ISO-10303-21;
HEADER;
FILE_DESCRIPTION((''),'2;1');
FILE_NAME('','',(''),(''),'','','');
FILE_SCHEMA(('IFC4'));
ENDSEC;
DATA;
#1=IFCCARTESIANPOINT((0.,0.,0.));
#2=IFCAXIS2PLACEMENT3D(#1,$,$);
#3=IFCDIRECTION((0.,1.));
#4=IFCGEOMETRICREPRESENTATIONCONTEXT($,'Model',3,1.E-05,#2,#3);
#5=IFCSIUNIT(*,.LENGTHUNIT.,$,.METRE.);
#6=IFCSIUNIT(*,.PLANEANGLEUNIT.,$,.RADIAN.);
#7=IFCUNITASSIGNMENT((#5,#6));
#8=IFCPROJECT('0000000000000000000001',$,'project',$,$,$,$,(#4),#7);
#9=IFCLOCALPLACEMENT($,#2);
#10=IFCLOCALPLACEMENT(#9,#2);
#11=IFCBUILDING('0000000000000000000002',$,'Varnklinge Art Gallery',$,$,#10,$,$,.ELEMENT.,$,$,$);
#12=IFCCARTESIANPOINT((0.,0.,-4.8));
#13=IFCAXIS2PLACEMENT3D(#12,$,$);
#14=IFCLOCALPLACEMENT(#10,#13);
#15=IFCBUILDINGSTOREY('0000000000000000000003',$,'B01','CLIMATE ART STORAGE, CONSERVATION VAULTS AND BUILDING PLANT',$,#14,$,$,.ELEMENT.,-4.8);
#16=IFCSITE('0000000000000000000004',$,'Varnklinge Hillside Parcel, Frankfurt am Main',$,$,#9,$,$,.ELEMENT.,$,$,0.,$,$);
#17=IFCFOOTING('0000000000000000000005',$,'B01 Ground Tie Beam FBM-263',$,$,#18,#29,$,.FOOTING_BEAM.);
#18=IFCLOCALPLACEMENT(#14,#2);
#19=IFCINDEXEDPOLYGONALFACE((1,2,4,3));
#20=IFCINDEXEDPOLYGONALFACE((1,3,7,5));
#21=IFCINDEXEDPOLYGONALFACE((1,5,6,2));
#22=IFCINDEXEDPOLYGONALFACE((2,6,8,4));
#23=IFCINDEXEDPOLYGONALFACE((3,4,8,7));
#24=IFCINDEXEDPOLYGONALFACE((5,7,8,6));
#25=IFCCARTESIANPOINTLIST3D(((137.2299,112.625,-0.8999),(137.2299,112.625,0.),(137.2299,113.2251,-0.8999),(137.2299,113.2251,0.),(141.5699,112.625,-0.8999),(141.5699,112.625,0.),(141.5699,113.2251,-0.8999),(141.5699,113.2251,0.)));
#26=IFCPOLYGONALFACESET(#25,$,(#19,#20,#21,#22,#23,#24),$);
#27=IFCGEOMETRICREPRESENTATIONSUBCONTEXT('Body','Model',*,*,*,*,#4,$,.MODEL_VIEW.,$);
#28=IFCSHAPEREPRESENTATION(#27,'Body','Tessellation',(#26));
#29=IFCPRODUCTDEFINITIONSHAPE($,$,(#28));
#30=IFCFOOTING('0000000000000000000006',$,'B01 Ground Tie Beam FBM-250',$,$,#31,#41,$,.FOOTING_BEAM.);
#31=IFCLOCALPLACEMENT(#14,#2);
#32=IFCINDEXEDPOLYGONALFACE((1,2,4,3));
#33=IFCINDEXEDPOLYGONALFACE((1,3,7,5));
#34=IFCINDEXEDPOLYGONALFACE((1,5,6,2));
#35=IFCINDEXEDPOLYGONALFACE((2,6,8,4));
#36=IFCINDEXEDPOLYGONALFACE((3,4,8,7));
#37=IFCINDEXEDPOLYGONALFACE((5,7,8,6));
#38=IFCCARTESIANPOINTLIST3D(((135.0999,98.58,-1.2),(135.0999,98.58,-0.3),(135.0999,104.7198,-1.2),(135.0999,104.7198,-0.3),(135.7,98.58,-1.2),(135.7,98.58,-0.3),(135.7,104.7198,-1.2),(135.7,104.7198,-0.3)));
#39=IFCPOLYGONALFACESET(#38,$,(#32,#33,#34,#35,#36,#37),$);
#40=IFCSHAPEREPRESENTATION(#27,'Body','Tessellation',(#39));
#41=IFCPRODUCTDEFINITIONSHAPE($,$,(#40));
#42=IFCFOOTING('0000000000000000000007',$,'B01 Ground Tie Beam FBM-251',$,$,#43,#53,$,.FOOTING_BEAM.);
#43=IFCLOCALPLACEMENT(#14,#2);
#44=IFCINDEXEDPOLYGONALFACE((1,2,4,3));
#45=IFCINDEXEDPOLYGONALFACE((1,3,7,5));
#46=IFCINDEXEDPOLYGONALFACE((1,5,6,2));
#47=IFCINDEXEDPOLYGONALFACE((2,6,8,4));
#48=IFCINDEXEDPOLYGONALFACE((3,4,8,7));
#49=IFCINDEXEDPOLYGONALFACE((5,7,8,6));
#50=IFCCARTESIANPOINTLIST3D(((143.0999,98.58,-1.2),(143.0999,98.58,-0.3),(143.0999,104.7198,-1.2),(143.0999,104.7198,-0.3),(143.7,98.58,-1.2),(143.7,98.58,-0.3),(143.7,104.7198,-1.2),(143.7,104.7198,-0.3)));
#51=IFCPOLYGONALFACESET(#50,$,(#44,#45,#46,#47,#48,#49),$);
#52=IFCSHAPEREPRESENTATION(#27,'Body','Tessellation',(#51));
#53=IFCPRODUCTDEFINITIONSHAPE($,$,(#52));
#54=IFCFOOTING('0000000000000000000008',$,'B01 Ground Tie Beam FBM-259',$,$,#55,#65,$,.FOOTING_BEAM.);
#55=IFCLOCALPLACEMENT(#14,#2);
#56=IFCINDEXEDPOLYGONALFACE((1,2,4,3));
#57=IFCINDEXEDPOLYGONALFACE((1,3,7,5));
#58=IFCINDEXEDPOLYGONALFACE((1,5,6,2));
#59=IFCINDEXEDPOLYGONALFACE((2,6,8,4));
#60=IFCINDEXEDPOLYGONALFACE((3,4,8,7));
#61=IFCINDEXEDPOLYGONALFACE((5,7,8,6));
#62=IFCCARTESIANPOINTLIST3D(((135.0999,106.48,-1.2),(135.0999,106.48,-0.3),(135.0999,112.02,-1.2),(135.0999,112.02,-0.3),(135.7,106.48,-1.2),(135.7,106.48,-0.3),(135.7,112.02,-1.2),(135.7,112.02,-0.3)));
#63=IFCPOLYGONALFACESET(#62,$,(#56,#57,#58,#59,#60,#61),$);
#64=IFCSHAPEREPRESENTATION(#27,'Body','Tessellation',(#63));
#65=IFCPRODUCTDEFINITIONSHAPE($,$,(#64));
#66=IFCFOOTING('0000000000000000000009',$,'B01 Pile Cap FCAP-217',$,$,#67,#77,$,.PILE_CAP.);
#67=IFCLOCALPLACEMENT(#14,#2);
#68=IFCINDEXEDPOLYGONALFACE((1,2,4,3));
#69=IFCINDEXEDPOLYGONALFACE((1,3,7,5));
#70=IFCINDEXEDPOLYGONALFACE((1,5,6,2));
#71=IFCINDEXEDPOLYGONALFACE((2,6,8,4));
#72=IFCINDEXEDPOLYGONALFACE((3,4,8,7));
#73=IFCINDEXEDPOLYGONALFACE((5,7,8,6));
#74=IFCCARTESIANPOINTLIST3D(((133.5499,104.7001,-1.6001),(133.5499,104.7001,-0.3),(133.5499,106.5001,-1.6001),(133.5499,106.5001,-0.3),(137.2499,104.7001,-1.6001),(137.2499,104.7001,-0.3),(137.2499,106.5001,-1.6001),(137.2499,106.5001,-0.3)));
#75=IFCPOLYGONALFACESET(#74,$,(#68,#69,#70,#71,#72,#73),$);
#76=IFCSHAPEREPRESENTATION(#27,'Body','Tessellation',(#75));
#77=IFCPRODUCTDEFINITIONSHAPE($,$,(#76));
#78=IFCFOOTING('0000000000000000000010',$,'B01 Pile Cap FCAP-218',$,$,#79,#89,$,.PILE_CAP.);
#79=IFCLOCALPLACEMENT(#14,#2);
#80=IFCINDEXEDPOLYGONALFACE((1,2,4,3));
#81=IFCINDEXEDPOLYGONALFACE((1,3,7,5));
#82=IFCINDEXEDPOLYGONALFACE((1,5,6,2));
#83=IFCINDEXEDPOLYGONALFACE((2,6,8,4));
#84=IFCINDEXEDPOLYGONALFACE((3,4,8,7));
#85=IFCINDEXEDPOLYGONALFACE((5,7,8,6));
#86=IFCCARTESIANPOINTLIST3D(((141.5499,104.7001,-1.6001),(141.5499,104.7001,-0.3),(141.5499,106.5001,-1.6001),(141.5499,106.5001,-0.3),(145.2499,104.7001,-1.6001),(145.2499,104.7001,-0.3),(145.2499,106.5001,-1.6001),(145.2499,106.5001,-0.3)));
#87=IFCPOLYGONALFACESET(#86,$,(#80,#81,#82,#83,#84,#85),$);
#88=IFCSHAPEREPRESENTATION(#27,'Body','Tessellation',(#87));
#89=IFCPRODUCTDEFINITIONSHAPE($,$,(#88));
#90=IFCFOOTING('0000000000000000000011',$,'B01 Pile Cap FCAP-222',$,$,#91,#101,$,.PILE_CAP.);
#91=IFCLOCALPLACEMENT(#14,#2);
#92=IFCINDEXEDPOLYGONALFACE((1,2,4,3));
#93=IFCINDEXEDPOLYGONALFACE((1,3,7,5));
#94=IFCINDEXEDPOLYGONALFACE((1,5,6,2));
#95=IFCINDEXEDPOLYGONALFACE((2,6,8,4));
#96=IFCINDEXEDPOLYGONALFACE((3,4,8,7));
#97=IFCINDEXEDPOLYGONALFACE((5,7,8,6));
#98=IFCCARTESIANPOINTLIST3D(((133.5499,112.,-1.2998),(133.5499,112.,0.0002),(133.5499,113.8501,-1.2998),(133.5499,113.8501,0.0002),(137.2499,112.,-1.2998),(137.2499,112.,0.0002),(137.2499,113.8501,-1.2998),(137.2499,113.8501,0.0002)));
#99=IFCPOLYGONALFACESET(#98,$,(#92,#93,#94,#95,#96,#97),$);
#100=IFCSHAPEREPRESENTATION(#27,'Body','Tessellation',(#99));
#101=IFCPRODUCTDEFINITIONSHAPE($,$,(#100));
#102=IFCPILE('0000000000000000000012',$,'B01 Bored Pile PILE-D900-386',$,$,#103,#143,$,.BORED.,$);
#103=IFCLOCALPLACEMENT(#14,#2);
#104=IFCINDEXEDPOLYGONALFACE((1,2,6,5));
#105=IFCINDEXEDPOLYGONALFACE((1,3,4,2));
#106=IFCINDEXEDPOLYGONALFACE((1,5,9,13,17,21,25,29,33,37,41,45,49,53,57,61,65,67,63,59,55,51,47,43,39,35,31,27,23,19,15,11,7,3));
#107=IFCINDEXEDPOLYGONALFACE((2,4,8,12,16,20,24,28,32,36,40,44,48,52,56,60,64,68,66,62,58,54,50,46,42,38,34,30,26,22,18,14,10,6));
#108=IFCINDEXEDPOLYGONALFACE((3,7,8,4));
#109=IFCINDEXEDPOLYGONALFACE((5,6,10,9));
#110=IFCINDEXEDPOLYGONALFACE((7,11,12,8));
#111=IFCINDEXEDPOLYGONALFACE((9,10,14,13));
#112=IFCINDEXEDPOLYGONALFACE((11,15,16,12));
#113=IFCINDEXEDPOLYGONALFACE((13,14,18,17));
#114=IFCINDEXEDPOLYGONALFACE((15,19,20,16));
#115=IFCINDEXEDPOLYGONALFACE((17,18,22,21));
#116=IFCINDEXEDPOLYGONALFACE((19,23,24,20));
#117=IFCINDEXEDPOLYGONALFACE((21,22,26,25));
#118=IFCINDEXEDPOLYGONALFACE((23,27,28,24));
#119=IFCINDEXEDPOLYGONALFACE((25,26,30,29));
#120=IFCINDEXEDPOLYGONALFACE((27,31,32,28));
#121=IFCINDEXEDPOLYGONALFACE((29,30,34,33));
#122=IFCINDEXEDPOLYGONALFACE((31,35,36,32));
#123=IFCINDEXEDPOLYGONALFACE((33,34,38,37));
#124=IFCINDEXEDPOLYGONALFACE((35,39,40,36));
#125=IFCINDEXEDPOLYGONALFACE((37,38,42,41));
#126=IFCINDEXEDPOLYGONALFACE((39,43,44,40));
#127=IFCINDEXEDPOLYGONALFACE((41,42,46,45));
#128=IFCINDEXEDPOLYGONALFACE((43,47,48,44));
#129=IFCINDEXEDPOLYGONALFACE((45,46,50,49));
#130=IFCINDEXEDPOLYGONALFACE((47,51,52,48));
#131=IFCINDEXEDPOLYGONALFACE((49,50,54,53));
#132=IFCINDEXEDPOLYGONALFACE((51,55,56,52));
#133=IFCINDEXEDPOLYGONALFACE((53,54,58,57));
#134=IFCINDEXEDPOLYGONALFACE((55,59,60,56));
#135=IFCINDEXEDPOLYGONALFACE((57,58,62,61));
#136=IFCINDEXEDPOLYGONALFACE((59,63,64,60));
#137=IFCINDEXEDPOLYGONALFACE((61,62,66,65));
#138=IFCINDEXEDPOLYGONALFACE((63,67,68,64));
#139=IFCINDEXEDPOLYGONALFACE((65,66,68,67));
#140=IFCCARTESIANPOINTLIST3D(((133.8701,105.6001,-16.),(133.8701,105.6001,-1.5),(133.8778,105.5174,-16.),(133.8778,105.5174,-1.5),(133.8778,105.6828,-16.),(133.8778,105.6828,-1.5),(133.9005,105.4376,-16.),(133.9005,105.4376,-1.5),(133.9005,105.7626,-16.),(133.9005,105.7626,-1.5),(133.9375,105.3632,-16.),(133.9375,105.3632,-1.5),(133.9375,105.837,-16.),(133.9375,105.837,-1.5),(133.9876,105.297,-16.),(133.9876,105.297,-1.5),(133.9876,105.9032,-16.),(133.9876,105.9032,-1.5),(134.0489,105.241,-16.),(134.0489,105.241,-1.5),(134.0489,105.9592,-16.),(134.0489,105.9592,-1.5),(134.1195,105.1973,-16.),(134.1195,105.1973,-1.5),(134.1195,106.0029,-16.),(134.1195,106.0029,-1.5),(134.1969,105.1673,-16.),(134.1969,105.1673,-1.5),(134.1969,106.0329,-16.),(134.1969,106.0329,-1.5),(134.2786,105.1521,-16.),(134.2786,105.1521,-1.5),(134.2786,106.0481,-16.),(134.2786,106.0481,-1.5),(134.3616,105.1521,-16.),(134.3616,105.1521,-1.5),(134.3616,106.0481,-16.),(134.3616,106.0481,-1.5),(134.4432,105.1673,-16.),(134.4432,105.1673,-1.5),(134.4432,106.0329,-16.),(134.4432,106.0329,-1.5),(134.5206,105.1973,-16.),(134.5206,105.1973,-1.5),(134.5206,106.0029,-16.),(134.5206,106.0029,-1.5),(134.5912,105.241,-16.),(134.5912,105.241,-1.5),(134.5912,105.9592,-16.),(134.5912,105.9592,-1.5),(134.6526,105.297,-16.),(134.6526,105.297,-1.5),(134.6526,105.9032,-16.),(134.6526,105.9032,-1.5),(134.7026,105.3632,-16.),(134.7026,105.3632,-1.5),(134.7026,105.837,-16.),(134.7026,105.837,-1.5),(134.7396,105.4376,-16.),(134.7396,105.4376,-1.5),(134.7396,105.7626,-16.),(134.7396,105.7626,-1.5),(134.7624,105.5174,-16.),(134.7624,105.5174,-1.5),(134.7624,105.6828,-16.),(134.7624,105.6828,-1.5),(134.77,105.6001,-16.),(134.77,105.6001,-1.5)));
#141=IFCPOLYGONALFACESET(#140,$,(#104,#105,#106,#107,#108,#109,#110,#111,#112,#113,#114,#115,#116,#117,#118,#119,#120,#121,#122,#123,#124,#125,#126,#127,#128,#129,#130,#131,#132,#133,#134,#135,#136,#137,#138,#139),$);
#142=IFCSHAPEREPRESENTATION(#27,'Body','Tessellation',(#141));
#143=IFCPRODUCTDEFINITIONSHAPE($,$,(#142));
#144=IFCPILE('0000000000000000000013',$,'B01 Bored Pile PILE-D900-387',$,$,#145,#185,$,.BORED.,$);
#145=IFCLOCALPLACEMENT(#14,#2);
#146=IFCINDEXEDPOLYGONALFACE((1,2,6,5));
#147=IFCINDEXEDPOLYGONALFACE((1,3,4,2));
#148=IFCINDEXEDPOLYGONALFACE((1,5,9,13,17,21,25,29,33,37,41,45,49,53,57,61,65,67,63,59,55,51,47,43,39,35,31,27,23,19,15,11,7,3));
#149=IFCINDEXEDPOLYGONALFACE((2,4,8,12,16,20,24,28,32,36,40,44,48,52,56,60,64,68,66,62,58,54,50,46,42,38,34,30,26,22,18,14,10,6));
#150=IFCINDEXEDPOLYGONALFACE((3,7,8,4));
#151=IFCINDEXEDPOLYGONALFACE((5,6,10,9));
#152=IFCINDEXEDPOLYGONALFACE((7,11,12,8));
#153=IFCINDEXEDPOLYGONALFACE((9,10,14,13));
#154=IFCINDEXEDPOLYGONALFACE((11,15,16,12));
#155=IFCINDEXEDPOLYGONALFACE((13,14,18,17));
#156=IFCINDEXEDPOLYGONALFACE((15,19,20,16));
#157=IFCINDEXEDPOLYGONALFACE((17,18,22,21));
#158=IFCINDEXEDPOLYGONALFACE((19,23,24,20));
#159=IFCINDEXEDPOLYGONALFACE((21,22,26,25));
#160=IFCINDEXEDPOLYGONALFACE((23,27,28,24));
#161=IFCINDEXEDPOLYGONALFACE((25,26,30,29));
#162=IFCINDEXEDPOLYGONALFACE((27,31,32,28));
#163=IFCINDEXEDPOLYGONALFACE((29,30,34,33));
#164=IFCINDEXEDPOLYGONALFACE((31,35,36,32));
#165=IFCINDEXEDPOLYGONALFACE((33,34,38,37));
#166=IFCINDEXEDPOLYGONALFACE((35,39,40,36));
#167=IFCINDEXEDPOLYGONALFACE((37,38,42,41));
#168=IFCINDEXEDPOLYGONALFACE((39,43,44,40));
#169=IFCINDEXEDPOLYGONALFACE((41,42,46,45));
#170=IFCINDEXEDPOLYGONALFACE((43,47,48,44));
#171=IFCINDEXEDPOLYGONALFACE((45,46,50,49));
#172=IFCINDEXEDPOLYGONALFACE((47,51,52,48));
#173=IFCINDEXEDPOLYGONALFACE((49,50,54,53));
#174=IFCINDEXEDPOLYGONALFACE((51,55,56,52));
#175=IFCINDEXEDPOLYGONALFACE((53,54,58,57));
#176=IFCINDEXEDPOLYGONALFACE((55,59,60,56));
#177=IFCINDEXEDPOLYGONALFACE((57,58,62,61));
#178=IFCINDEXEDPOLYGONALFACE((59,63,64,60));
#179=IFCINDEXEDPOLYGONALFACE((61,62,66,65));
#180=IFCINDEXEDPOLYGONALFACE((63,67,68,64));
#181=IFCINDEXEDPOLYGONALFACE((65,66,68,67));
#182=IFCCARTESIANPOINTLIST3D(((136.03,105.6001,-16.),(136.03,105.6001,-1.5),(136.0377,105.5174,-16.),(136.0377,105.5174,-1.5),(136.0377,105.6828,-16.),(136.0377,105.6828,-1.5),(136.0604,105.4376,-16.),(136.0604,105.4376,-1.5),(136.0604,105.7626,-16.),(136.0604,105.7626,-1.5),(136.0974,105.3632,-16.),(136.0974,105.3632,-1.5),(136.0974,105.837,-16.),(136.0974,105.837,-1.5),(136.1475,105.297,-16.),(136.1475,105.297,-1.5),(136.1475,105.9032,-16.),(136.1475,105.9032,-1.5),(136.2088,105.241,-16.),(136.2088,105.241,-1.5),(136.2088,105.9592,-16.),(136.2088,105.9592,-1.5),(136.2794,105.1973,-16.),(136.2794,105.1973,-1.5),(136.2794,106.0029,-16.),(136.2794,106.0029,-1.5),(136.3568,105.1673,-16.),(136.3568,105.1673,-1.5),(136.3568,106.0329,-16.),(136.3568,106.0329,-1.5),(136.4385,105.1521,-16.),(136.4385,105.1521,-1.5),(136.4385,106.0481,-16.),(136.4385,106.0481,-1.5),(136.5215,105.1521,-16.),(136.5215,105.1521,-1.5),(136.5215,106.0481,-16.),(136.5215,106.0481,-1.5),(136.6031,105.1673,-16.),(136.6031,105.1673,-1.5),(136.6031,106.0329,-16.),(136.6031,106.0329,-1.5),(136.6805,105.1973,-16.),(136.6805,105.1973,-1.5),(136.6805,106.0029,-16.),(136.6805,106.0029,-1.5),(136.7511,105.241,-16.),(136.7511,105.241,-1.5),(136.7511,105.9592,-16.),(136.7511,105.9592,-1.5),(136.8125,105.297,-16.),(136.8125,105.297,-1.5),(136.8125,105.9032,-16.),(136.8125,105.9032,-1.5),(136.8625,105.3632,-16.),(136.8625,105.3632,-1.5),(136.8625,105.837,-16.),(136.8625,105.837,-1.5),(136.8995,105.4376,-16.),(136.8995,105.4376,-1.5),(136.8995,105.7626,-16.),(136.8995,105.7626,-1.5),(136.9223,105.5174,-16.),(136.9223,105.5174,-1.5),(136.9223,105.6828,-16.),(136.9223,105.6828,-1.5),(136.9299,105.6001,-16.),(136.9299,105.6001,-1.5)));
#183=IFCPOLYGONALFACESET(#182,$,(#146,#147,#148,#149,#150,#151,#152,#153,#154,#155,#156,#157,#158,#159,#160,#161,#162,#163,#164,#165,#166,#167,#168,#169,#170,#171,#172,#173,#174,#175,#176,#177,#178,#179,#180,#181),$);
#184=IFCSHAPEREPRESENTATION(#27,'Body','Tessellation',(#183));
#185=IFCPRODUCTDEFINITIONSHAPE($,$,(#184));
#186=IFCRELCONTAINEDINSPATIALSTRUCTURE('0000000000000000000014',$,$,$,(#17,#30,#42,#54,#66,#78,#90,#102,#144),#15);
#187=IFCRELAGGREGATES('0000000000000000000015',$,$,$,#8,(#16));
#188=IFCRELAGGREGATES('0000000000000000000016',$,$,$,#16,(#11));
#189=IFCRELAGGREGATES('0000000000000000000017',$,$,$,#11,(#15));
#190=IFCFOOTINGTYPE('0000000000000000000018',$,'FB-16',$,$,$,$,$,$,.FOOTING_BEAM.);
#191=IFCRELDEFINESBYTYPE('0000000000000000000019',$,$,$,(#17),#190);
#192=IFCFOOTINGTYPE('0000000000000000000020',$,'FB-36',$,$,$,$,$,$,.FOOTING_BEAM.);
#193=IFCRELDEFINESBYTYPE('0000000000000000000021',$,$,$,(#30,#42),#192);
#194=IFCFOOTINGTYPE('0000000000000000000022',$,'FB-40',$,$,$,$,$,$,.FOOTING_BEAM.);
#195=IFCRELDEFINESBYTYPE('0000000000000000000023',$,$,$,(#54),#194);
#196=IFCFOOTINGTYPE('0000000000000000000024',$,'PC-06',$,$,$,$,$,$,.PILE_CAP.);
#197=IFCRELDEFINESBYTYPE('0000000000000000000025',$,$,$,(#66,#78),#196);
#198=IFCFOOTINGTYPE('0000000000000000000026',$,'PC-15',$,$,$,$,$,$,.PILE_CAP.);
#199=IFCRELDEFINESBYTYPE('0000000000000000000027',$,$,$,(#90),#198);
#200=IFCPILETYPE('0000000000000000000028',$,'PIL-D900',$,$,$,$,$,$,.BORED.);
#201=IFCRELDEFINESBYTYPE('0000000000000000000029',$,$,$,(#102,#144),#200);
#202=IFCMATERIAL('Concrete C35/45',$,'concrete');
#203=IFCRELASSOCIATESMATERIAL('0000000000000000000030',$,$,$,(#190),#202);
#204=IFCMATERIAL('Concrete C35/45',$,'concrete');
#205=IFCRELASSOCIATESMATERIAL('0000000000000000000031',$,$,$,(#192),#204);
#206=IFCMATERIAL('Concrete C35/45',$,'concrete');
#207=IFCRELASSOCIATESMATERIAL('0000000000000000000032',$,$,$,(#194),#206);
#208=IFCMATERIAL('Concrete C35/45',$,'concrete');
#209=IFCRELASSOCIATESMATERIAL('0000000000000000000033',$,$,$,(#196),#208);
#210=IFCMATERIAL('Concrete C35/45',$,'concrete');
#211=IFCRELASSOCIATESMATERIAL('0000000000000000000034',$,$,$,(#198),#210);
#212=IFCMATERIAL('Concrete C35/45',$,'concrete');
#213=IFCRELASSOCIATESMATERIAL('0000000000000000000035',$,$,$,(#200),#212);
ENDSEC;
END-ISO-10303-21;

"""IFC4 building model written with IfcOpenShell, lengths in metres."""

from ifc_helpers import new_model, si_unit, direction, frame, origin, origin_2d, place, context, subcontext, project, spatial, rectangle, circle, extrude, material, material_profile, profile_set, type_object, element, save


model = new_model("IFC4")

# Units and contexts
model_context = context("Model", 3, precision=1e-05, world=origin(), true_north=direction((0.0, 1.0)))
body_context = subcontext(model_context, "Body", "Model", "MODEL_VIEW")
ifc_project = project(units=[si_unit("LENGTHUNIT", "METRE"), si_unit("PLANEANGLEUNIT", "RADIAN")], contexts=[model_context])

# Site, building, storey
site_placement = place(None, origin())
site = spatial("IfcSite", under=ifc_project, at=site_placement, Name="Varnklinge Hillside Parcel, Frankfurt am Main", CompositionType="ELEMENT", RefElevation=0.0)
building_placement = place(site_placement, origin())
building = spatial("IfcBuilding", under=site, at=building_placement, Name="Varnklinge Art Gallery", CompositionType="ELEMENT")
storey_placement = place(building_placement, frame((0.0, 0.0, -4.8)))
storey = spatial("IfcBuildingStorey", under=building, at=storey_placement, Name="B01", Description="CLIMATE ART STORAGE, CONSERVATION VAULTS AND BUILDING PLANT", CompositionType="ELEMENT", Elevation=-4.8)

# Footings
ifc_material_1 = material(Name="Concrete C35/45", Category="concrete")
footing_type_1 = type_object("IfcFootingType", Name="FB-16", PredefinedType="FOOTING_BEAM", material=ifc_material_1)
footing_1_placement = place(storey_placement, frame((139.3999, 112.925, -0.8999), z_axis=(0.0, 0.0, 1.0), x_axis=(1.0, 0.0, 0.0)))
element("IfcFooting", 1, at=footing_1_placement, inside=storey, type_object=footing_type_1, Name="B01 Ground Tie Beam FBM-263", PredefinedType="FOOTING_BEAM", context=body_context, shape_type="SweptSolid", body=[
    extrude(rectangle(XDim=4.3401, YDim=0.6001, at=origin_2d()), origin(), (0.0, 0.0, 1.0), 0.8999),
])
ifc_material_2 = material(Name="Concrete C35/45", Category="concrete")
footing_type_2 = type_object("IfcFootingType", Name="FB-36", PredefinedType="FOOTING_BEAM", material=ifc_material_2)
for number, where, z_axis, x_axis, name in (
    (2, (135.3999, 101.6499, -1.2), (0.0, 0.0, 1.0), (0.0, 1.0, 0.0), "B01 Ground Tie Beam FBM-250"),
    (3, (143.3999, 101.6499, -1.2), (0.0, 0.0, 1.0), (0.0, 1.0, 0.0), "B01 Ground Tie Beam FBM-251"),
):
    element("IfcFooting", number, at=place(storey_placement, frame(where, z_axis=z_axis, x_axis=x_axis)), inside=storey, type_object=footing_type_2, Name=name, PredefinedType="FOOTING_BEAM", context=body_context, shape_type="SweptSolid", body=[
        extrude(rectangle(XDim=6.1399, YDim=0.6001, at=origin_2d()), origin(), (0.0, 0.0, 1.0), 0.8999),
    ])
ifc_material_3 = material(Name="Concrete C35/45", Category="concrete")
footing_type_3 = type_object("IfcFootingType", Name="FB-40", PredefinedType="FOOTING_BEAM", material=ifc_material_3)
footing_2_placement = place(storey_placement, frame((135.3999, 109.25, -1.2), z_axis=(0.0, 0.0, 1.0), x_axis=(0.0, 1.0, 0.0)))
element("IfcFooting", 4, at=footing_2_placement, inside=storey, type_object=footing_type_3, Name="B01 Ground Tie Beam FBM-259", PredefinedType="FOOTING_BEAM", context=body_context, shape_type="SweptSolid", body=[
    extrude(rectangle(XDim=5.54, YDim=0.6001, at=origin_2d()), origin(), (0.0, 0.0, 1.0), 0.8999),
])
ifc_material_4 = material(Name="Concrete C35/45", Category="concrete")
footing_type_4 = type_object("IfcFootingType", Name="PC-06", PredefinedType="PILE_CAP", material=ifc_material_4)
for number, where, z_axis, x_axis, name in (
    (5, (135.3999, 105.6001, -1.6001), (0.0, 0.0, 1.0), (1.0, 0.0, 0.0), "B01 Pile Cap FCAP-217"),
    (6, (143.3999, 105.6001, -1.6001), (0.0, 0.0, 1.0), (1.0, 0.0, 0.0), "B01 Pile Cap FCAP-218"),
):
    element("IfcFooting", number, at=place(storey_placement, frame(where, z_axis=z_axis, x_axis=x_axis)), inside=storey, type_object=footing_type_4, Name=name, PredefinedType="PILE_CAP", context=body_context, shape_type="SweptSolid", body=[
        extrude(rectangle(XDim=3.7, YDim=1.8, at=origin_2d()), origin(), (0.0, 0.0, 1.0), 1.3),
    ])
ifc_material_5 = material(Name="Concrete C35/45", Category="concrete")
footing_type_5 = type_object("IfcFootingType", Name="PC-15", PredefinedType="PILE_CAP", material=ifc_material_5)
footing_3_placement = place(storey_placement, frame((135.3999, 112.925, -1.2998), z_axis=(0.0, 0.0, 1.0), x_axis=(1.0, 0.0, 0.0)))
element("IfcFooting", 7, at=footing_3_placement, inside=storey, type_object=footing_type_5, Name="B01 Pile Cap FCAP-222", PredefinedType="PILE_CAP", context=body_context, shape_type="SweptSolid", body=[
    extrude(rectangle(XDim=3.7, YDim=1.8501, at=origin_2d()), origin(), (0.0, 0.0, 1.0), 1.3),
])

# Piles
ifc_material_6 = material(Name="Concrete C35/45", Category="concrete")
ifc_material_profile_1 = material_profile(ifc_material_6, circle(Radius=0.45, at=origin_2d()), Name="PILE D900")
ifc_profile_set_1 = profile_set([ifc_material_profile_1], Name="Concrete C35/45")
pile_type = type_object("IfcPileType", Name="PIL-D900", PredefinedType="BORED", material=ifc_profile_set_1)
for number, where, z_axis, x_axis, name in (
    (8, (134.3201, 105.6001, -1.5), (0.0, 0.0, -1.0), (1.0, 0.0, 0.0), "B01 Bored Pile PILE-D900-386"),
    (9, (136.48, 105.6001, -1.5), (0.0, 0.0, -1.0), (1.0, 0.0, 0.0), "B01 Bored Pile PILE-D900-387"),
):
    element("IfcPile", number, at=place(storey_placement, frame(where, z_axis=z_axis, x_axis=x_axis)), inside=storey, type_object=pile_type, Name=name, PredefinedType="BORED", context=body_context, shape_type="SweptSolid", body=[
        extrude(circle(Radius=0.45, at=origin_2d()), origin(), (0.0, 0.0, 1.0), 14.5),
    ])

save(model, "model.ifc")
